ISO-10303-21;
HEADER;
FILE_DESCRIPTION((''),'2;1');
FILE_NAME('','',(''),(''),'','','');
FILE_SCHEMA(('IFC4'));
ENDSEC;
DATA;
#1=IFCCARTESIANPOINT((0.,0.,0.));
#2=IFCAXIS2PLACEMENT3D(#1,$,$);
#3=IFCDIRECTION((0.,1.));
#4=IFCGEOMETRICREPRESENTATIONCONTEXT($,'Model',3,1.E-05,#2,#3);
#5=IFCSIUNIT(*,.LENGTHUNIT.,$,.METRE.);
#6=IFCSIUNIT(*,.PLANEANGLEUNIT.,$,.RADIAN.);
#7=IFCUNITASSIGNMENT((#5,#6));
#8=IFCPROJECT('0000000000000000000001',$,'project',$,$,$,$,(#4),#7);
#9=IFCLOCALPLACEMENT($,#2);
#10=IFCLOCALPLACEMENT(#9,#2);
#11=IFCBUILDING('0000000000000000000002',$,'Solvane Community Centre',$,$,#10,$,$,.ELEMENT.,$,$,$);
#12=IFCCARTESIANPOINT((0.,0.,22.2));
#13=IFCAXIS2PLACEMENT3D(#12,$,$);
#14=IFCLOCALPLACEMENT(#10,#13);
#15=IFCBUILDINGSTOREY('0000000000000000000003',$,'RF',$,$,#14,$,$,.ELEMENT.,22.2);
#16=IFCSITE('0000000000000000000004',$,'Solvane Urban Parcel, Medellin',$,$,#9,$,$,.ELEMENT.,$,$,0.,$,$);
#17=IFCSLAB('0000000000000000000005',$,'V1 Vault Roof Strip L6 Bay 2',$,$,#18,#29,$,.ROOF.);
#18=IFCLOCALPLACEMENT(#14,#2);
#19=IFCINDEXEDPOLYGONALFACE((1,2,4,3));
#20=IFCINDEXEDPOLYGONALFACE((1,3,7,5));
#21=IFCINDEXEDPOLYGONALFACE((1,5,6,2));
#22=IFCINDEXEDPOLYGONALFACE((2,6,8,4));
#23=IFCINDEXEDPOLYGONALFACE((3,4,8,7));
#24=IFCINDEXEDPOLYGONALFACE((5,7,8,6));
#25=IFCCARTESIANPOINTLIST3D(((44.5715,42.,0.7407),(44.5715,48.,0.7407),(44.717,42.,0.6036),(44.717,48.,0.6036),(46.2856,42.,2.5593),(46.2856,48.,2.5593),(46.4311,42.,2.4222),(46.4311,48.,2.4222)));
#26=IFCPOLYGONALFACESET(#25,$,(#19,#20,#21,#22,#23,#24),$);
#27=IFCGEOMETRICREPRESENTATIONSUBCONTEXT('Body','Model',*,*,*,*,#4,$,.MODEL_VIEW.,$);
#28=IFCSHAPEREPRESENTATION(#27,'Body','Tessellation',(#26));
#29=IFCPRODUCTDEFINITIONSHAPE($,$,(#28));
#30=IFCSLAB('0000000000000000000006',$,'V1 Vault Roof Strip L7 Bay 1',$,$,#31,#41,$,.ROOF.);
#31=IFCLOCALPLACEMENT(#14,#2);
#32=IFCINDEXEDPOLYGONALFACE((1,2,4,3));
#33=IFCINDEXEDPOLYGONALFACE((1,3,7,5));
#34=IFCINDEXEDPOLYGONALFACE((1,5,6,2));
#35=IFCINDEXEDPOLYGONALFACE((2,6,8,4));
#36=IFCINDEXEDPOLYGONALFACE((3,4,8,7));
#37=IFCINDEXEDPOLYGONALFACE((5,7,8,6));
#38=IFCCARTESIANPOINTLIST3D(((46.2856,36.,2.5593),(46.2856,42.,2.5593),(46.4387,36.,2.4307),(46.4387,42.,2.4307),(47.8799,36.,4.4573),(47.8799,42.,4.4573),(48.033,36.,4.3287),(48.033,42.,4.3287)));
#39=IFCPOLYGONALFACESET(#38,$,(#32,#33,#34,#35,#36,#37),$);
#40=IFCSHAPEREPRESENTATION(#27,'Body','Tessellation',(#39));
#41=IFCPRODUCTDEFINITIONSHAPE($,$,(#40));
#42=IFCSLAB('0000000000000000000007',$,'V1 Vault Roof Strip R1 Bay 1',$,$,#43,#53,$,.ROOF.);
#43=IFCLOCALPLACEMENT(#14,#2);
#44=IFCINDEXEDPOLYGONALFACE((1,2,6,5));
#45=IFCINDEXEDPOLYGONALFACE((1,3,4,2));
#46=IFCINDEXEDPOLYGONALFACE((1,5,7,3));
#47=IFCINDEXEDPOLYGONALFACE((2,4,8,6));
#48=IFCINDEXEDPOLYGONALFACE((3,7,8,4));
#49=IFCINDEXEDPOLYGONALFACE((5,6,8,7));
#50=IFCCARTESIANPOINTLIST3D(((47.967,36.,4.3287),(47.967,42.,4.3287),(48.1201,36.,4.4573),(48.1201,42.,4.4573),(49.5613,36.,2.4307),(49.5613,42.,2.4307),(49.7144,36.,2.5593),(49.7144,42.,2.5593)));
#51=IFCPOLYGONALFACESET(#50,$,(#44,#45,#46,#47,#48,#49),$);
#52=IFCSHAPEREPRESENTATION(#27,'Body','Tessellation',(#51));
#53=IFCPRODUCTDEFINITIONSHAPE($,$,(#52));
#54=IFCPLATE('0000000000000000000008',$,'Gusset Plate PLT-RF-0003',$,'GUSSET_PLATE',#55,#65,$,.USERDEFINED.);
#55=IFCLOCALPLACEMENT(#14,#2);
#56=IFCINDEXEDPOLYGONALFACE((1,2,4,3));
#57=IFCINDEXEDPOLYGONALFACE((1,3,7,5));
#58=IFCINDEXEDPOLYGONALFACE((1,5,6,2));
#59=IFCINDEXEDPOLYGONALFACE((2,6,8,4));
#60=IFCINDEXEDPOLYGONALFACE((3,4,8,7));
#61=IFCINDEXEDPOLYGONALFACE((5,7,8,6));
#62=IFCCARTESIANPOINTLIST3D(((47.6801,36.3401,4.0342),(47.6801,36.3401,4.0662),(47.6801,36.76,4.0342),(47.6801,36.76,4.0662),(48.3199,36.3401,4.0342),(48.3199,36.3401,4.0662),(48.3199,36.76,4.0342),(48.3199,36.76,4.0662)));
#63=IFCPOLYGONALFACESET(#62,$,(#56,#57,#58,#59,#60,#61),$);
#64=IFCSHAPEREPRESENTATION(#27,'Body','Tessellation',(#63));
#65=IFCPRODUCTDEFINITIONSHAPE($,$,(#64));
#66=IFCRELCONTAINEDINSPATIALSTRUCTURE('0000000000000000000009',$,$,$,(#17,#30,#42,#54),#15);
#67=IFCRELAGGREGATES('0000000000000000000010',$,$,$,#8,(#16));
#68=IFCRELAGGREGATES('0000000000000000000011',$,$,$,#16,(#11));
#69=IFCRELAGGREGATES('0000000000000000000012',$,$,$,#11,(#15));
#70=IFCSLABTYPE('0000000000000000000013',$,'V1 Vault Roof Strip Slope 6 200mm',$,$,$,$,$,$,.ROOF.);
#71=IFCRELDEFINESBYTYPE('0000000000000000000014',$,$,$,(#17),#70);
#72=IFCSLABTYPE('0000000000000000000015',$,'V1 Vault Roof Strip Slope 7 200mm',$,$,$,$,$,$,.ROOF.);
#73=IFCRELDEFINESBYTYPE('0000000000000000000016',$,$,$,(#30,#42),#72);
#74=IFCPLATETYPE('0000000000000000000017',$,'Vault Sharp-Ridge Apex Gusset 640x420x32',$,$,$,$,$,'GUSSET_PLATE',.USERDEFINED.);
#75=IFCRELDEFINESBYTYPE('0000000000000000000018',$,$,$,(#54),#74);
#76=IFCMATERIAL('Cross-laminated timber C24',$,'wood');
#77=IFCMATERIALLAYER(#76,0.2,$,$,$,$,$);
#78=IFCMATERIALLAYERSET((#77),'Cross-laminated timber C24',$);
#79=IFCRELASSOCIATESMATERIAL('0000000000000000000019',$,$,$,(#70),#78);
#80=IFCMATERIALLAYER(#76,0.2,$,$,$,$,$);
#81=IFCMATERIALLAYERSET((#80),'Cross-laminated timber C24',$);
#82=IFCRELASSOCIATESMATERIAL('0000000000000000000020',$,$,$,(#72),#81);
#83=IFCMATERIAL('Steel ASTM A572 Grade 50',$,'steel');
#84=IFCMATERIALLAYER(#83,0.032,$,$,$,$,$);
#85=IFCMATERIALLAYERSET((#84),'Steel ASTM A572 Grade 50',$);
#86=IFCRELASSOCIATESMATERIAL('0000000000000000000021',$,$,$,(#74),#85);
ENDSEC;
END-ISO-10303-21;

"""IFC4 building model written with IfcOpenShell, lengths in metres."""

from ifc_helpers import new_model, si_unit, direction, frame, origin, origin_2d, place, context, subcontext, project, spatial, polyline, rectangle, outline, extrude, material, layer, layer_set, type_object, element, save


model = new_model("IFC4")

# Units and contexts
model_context = context("Model", 3, precision=1e-05, world=origin(), true_north=direction((0.0, 1.0)))
body_context = subcontext(model_context, "Body", "Model", "MODEL_VIEW")
ifc_project = project(units=[si_unit("LENGTHUNIT", "METRE"), si_unit("PLANEANGLEUNIT", "RADIAN")], contexts=[model_context])

# Site, building, storey
site_placement = place(None, origin())
site = spatial("IfcSite", under=ifc_project, at=site_placement, Name="Solvane Urban Parcel, Medellin", CompositionType="ELEMENT", RefElevation=0.0)
building_placement = place(site_placement, origin())
building = spatial("IfcBuilding", under=site, at=building_placement, Name="Solvane Community Centre", CompositionType="ELEMENT")
storey_placement = place(building_placement, frame((0.0, 0.0, 22.2)))
storey = spatial("IfcBuildingStorey", under=building, at=storey_placement, Name="RF", CompositionType="ELEMENT", Elevation=22.2)

# Shared definitions
ifc_material_1 = material(Name="Steel ASTM A572 Grade 50", Category="steel")

# Slabs
ifc_material_2 = material(Name="Cross-laminated timber C24", Category="wood")
ifc_layer_1 = layer(ifc_material_2, 0.2)
ifc_layer_set_1 = layer_set([ifc_layer_1], Name="Cross-laminated timber C24")
slab_type_1 = type_object("IfcSlabType", Name="V1 Vault Roof Strip Slope 6 200mm", PredefinedType="ROOF", material=ifc_layer_set_1)
for number, where, z_axis, x_axis, name in (
    (1, (44.5715, 42.0, 0.7407), (-0.727704, 0.0, 0.685892), (0.685892, 0.0, 0.727704), "V1 Vault Roof Strip L6 Bay 2"),
):
    element("IfcSlab", number, at=place(storey_placement, frame(where, z_axis=z_axis, x_axis=x_axis)), inside=storey, type_object=slab_type_1, Name=name, PredefinedType="ROOF", context=body_context, shape_type="SweptSolid", body=[
        extrude(outline(polyline([(0.0, 0.0), (2.4991, 0.0), (2.4991, 6.0), (0.0, 6.0), (0.0, 0.0)])), origin(), (0.0, 0.0, -1.0), 0.2),
    ])
ifc_layer_2 = layer(ifc_material_2, 0.2)
ifc_layer_set_2 = layer_set([ifc_layer_2], Name="Cross-laminated timber C24")
slab_type_2 = type_object("IfcSlabType", Name="V1 Vault Roof Strip Slope 7 200mm", PredefinedType="ROOF", material=ifc_layer_set_2)
for number, where, z_axis, x_axis, name in (
    (2, (46.2856, 36.0, 2.5593), (-0.765713, 0.0, 0.643183), (0.643183, 0.0, 0.765713), "V1 Vault Roof Strip L7 Bay 1"),
    (3, (48.1201, 36.0, 4.4573), (0.765713, 0.0, 0.643183), (0.643183, 0.0, -0.765713), "V1 Vault Roof Strip R1 Bay 1"),
):
    element("IfcSlab", number, at=place(storey_placement, frame(where, z_axis=z_axis, x_axis=x_axis)), inside=storey, type_object=slab_type_2, Name=name, PredefinedType="ROOF", context=body_context, shape_type="SweptSolid", body=[
        extrude(outline(polyline([(0.0, 0.0), (2.4787, 0.0), (2.4787, 6.0), (0.0, 6.0), (0.0, 0.0)])), origin(), (0.0, 0.0, -1.0), 0.2),
    ])

# Plate
ifc_layer_3 = layer(ifc_material_1, 0.032)
ifc_layer_set_3 = layer_set([ifc_layer_3], Name="Steel ASTM A572 Grade 50")
plate_type_1 = type_object("IfcPlateType", Name="Vault Sharp-Ridge Apex Gusset 640x420x32", ElementType="GUSSET_PLATE", PredefinedType="USERDEFINED", material=ifc_layer_set_3)
plate_placement = place(storey_placement, frame((48.0, 36.55, 4.0342), z_axis=(0.0, 0.0, 1.0), x_axis=(1.0, 0.0, 0.0)))
element("IfcPlate", 4, at=plate_placement, inside=storey, type_object=plate_type_1, Name="Gusset Plate PLT-RF-0003", ObjectType="GUSSET_PLATE", PredefinedType="USERDEFINED", context=body_context, shape_type="SweptSolid", body=[
    extrude(rectangle(XDim=0.6399, YDim=0.4199, at=origin_2d()), origin(), (0.0, 0.0, 1.0), 0.032),
])

save(model, "model.ifc")
